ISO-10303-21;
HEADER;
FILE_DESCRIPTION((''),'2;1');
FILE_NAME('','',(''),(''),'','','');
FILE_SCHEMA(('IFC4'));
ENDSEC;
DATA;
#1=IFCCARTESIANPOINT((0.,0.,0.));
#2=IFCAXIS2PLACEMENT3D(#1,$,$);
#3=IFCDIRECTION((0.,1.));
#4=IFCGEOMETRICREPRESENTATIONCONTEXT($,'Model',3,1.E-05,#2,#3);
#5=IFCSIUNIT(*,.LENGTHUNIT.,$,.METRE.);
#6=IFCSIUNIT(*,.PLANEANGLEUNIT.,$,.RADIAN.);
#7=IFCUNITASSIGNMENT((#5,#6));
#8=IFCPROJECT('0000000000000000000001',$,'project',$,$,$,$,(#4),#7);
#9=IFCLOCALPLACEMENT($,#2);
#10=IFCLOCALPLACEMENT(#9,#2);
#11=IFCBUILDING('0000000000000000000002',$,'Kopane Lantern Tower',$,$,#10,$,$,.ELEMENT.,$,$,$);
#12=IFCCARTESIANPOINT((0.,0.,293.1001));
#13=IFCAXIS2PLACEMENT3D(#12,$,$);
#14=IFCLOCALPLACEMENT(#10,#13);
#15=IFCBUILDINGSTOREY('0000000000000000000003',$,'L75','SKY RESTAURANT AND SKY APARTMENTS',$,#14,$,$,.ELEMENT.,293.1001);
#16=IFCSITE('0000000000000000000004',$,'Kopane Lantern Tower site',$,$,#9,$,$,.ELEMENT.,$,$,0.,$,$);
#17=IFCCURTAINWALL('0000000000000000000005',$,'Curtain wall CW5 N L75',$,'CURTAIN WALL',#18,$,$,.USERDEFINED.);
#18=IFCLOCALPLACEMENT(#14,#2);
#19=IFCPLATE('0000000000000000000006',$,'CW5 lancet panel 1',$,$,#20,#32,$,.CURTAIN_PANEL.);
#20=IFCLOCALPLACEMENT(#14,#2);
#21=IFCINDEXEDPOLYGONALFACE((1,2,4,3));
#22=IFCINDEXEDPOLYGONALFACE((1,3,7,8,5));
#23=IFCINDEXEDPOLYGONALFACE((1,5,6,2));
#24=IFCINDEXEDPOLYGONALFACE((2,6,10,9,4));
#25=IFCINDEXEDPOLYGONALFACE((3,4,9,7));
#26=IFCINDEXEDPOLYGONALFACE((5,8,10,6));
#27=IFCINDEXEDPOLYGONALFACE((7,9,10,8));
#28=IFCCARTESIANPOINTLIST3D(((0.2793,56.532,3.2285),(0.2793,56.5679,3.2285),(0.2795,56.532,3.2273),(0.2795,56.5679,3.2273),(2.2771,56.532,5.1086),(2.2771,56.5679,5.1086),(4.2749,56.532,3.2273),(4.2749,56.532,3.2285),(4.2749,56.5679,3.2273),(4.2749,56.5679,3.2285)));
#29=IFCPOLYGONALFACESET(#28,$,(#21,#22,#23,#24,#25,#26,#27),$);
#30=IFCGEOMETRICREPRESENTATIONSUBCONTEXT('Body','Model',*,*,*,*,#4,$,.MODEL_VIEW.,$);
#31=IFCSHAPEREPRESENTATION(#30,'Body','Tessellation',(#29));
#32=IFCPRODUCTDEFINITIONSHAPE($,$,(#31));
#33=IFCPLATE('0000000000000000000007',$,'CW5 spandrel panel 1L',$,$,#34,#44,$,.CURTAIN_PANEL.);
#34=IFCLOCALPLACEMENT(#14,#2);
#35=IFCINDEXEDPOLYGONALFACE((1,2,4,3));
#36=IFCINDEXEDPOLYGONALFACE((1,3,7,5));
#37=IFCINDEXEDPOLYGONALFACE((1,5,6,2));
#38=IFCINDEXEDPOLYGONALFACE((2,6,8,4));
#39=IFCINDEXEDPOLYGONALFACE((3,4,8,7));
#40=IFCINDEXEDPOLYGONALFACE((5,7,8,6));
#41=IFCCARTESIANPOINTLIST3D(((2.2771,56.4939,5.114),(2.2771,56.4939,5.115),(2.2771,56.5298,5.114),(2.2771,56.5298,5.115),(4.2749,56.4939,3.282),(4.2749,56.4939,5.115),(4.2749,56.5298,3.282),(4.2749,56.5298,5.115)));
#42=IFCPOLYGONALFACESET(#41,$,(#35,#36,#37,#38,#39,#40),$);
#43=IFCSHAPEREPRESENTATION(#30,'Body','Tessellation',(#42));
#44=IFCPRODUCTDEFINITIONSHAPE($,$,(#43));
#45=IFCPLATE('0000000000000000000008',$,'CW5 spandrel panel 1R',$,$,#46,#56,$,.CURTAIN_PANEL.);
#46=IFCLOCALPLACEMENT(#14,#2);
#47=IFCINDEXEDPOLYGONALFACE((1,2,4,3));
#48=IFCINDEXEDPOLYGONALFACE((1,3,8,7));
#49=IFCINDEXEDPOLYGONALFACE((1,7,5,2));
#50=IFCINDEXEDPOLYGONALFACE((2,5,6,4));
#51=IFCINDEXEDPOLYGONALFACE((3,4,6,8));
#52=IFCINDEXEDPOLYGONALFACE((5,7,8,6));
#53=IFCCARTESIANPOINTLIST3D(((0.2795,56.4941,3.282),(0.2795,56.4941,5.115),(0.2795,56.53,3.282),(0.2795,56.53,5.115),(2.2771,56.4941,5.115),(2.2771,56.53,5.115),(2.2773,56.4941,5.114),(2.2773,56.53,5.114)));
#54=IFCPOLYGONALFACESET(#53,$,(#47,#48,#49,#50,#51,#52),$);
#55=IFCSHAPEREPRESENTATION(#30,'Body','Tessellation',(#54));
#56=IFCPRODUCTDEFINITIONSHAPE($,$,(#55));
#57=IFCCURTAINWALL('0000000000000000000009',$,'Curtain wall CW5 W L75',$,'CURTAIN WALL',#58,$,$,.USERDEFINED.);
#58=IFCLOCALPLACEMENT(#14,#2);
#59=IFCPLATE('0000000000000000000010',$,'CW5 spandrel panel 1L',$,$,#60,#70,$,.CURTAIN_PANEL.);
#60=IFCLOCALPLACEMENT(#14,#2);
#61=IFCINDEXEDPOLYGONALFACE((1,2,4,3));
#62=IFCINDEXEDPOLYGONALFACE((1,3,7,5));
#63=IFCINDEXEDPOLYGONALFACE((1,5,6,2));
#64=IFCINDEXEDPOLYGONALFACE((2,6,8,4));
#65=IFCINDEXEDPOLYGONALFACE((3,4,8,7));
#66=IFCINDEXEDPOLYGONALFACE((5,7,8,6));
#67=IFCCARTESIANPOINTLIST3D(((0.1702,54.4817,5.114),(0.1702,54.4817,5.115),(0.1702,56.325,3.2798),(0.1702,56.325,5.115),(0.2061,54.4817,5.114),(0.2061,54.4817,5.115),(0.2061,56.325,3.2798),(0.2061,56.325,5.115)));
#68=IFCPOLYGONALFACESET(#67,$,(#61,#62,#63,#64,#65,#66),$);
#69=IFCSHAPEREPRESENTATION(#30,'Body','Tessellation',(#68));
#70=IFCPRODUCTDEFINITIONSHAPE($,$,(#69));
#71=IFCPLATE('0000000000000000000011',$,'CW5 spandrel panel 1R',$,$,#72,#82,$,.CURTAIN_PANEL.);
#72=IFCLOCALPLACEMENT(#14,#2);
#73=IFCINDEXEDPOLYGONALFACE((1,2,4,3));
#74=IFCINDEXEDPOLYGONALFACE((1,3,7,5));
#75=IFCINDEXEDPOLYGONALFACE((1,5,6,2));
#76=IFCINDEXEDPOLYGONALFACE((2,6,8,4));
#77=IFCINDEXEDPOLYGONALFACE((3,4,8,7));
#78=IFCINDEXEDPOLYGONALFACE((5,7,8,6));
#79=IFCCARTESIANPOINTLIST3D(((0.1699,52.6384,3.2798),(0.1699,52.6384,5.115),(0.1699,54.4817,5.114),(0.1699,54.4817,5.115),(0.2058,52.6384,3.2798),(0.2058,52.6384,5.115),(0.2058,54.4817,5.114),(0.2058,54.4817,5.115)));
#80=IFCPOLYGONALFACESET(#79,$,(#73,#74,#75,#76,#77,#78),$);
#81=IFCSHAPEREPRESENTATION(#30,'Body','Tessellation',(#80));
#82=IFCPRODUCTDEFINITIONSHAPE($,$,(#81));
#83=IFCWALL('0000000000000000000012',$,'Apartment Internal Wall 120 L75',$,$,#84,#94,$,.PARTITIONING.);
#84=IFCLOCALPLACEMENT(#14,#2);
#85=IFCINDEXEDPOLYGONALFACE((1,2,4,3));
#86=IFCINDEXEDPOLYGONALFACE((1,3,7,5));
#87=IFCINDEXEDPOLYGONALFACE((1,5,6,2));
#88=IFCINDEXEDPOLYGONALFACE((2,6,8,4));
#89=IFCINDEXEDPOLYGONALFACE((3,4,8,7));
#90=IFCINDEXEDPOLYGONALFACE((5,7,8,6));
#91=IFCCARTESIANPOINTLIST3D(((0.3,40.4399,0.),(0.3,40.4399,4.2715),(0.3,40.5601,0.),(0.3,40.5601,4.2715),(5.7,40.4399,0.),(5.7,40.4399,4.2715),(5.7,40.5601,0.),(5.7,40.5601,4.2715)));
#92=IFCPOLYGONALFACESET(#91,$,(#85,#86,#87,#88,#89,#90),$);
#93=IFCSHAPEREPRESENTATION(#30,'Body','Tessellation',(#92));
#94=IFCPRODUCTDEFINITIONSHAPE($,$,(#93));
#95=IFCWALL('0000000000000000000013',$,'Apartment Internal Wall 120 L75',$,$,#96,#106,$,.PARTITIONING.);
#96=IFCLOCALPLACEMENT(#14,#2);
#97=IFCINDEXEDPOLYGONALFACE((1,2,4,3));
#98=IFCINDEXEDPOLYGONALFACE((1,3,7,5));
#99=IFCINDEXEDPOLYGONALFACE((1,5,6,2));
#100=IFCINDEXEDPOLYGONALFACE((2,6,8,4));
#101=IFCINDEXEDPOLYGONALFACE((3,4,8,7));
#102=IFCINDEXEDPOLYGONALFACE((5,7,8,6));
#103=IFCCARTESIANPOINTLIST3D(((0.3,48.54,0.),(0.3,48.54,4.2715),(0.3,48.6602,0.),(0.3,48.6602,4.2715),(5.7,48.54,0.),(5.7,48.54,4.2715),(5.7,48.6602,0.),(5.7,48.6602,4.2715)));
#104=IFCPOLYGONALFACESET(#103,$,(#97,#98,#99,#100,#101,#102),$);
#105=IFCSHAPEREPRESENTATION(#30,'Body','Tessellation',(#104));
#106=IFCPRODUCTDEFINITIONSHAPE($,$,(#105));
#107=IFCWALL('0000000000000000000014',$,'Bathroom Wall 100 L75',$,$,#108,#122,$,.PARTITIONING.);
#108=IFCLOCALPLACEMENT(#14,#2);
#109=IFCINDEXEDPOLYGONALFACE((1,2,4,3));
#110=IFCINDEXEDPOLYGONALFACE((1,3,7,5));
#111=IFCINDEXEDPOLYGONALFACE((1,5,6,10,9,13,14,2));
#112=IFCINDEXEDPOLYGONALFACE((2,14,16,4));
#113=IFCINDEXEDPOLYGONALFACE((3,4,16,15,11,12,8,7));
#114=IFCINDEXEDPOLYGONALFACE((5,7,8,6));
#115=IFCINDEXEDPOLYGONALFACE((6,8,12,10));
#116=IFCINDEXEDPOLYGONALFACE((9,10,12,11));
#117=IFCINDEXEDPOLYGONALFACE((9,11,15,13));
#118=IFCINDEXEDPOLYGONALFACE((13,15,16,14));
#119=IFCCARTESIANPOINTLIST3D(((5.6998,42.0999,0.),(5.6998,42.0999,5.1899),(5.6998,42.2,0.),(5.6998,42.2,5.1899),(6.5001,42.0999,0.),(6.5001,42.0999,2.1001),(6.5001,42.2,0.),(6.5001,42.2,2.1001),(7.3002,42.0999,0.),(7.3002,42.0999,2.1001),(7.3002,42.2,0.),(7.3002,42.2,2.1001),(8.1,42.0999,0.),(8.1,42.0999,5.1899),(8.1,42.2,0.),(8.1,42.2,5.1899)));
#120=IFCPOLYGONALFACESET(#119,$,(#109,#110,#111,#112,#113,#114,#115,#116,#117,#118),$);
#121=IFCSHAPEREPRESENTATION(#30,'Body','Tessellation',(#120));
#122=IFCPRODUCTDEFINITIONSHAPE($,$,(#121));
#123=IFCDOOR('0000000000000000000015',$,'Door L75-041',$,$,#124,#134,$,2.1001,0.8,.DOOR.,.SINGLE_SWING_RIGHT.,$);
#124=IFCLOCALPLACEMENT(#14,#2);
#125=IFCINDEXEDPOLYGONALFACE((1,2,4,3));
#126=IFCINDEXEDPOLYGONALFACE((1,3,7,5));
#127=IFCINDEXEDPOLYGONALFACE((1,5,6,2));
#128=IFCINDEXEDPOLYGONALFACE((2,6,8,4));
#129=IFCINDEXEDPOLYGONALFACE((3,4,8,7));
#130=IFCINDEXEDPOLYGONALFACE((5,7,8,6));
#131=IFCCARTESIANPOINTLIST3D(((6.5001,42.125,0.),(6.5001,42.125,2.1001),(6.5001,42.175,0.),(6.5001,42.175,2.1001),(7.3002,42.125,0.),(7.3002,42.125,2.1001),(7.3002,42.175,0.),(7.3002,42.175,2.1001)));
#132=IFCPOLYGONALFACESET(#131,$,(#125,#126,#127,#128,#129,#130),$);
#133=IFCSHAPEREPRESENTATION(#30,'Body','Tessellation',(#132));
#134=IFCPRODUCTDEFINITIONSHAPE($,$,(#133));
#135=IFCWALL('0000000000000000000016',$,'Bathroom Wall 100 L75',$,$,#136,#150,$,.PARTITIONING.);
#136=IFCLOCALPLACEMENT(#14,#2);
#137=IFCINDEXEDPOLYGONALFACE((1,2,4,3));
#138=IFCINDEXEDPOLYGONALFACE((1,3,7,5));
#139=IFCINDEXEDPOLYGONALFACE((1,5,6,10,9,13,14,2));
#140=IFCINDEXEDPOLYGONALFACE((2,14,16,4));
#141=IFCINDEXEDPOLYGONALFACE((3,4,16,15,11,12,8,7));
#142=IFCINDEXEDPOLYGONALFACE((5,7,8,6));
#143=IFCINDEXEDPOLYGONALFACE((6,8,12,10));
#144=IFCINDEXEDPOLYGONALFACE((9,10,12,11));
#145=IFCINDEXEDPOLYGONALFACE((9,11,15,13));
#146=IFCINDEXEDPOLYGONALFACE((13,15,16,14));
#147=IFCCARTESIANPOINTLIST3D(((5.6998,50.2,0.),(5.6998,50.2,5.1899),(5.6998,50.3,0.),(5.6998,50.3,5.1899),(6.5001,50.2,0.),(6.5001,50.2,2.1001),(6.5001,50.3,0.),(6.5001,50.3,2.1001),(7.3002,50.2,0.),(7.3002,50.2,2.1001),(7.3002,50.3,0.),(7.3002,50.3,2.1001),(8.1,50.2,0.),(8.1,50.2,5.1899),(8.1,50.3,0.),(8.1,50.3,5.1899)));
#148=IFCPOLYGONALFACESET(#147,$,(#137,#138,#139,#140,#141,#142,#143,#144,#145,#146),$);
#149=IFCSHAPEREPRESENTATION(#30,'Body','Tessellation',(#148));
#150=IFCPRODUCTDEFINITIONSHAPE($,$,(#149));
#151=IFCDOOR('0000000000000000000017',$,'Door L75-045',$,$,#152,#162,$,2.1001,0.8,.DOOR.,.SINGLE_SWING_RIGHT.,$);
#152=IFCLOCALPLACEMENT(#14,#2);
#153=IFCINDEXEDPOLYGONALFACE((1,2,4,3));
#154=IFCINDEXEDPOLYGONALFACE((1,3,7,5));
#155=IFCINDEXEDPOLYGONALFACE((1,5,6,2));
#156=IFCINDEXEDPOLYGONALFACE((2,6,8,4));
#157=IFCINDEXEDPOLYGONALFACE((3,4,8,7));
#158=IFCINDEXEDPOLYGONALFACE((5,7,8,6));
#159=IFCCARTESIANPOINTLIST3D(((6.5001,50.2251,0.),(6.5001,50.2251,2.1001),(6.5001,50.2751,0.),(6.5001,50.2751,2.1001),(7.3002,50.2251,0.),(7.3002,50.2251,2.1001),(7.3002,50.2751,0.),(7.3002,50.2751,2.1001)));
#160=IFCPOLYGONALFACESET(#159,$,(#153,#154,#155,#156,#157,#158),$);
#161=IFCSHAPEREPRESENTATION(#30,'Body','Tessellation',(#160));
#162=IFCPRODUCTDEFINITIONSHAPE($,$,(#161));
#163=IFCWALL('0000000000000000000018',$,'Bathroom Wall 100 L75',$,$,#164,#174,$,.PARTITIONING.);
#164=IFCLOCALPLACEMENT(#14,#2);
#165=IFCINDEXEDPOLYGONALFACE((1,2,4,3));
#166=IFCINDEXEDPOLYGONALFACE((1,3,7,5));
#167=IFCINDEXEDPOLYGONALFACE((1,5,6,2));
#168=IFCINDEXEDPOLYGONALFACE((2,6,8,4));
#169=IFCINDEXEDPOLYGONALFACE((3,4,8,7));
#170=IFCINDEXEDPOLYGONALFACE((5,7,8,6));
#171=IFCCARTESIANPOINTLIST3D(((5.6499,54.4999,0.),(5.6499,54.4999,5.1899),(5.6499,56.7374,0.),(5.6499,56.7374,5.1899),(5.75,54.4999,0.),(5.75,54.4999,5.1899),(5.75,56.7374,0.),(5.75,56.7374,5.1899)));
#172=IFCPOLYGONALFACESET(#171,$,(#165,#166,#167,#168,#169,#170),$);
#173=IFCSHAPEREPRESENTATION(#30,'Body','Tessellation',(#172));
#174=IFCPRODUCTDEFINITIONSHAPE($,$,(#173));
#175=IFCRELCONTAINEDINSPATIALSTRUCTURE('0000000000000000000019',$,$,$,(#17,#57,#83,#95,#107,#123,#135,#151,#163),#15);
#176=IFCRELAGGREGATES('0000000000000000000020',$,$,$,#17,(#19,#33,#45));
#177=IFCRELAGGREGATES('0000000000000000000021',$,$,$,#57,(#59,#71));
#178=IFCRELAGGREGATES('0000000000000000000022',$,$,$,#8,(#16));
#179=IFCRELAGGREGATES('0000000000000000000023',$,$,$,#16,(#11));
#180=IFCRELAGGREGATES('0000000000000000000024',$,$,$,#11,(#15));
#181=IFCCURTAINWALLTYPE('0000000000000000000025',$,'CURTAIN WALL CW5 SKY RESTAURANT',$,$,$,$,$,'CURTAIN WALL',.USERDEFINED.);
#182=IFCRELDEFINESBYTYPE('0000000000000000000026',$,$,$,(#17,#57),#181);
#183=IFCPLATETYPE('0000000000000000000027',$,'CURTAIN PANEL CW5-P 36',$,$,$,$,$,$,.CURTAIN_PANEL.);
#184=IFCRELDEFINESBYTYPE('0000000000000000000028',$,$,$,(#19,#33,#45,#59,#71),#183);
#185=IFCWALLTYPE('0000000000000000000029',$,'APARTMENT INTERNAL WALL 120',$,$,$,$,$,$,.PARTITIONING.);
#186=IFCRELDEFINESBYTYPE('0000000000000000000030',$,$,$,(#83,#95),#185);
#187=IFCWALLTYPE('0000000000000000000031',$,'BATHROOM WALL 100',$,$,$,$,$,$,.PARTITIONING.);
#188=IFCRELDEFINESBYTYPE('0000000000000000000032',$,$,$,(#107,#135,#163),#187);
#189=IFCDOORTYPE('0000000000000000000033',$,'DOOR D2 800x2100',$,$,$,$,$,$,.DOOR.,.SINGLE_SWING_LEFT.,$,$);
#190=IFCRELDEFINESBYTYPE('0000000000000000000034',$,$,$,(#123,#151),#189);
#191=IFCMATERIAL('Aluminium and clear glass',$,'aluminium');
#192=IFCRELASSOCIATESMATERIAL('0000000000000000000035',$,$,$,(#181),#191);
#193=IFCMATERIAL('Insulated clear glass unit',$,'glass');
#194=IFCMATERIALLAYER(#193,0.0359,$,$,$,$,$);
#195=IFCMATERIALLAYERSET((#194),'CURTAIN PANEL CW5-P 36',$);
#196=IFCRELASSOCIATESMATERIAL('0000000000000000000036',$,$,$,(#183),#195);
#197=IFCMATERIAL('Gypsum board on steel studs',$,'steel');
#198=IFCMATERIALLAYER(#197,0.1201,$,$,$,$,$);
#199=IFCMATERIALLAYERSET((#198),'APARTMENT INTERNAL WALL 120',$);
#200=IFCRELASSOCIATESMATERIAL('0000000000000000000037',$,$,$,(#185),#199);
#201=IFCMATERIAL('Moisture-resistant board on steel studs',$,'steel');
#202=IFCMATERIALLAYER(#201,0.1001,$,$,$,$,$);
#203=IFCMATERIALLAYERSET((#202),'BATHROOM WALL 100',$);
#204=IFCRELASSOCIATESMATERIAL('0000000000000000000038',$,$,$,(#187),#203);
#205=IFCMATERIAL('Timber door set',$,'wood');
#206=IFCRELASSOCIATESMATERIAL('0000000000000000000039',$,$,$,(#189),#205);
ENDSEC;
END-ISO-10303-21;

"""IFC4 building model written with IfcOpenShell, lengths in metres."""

from ifc_helpers import new_model, si_unit, direction, frame, frame_2d, origin, place, context, subcontext, project, spatial, polyline, rectangle, outline, extrude, material, layer, layer_set, type_object, element, fill, aggregate, save


model = new_model("IFC4")

# Units and contexts
model_context = context("Model", 3, precision=1e-05, world=origin(), true_north=direction((0.0, 1.0)))
body_context = subcontext(model_context, "Body", "Model", "MODEL_VIEW")
ifc_project = project(units=[si_unit("LENGTHUNIT", "METRE"), si_unit("PLANEANGLEUNIT", "RADIAN")], contexts=[model_context])

# Site, building, storey
site_placement = place(None, origin())
site = spatial("IfcSite", under=ifc_project, at=site_placement, Name="Kopane Lantern Tower site", CompositionType="ELEMENT", RefElevation=0.0)
building_placement = place(site_placement, origin())
building = spatial("IfcBuilding", under=site, at=building_placement, Name="Kopane Lantern Tower", CompositionType="ELEMENT")
storey_placement = place(building_placement, frame((0.0, 0.0, 293.1001)))
storey = spatial("IfcBuildingStorey", under=building, at=storey_placement, Name="L75", Description="SKY RESTAURANT AND SKY APARTMENTS", CompositionType="ELEMENT", Elevation=293.1001)

# Curtain wall, plates
ifc_material_1 = material(Name="Aluminium and clear glass", Category="aluminium")
curtain_wall_type = type_object("IfcCurtainWallType", Name="CURTAIN WALL CW5 SKY RESTAURANT", ElementType="CURTAIN WALL", PredefinedType="USERDEFINED", material=ifc_material_1)
curtain_wall_1_placement = place(storey_placement, origin())
curtain_wall_1 = element("IfcCurtainWall", 1, at=curtain_wall_1_placement, inside=storey, type_object=curtain_wall_type, Name="Curtain wall CW5 N L75", ObjectType="CURTAIN WALL", PredefinedType="USERDEFINED")
ifc_material_2 = material(Name="Insulated clear glass unit", Category="glass")
ifc_layer_1 = layer(ifc_material_2, 0.0359)
ifc_layer_set_1 = layer_set([ifc_layer_1], Name="CURTAIN PANEL CW5-P 36")
plate_type = type_object("IfcPlateType", Name="CURTAIN PANEL CW5-P 36", PredefinedType="CURTAIN_PANEL", material=ifc_layer_set_1)
plate_1_placement = place(storey_placement, frame((4.2749, 56.55, 3.2273), z_axis=(0.0, 0.0, 1.0), x_axis=(-1.0, 0.0, 0.0)))
plate_1 = element("IfcPlate", 2, at=plate_1_placement, type_object=plate_type, Name="CW5 lancet panel 1", PredefinedType="CURTAIN_PANEL", context=body_context, shape_type="SweptSolid", body=[
    extrude(outline(polyline([(0.0, 0.0), (3.9954, 0.0), (3.9956, 0.0012), (1.9978, 1.8813), (0.0, 0.0012), (0.0, 0.0)])), frame((0.0, 0.0181, 0.0), z_axis=(0.0, -1.0, 0.0), x_axis=(1.0, 0.0, 0.0)), (0.0, 0.0, 1.0), 0.0359),
])
plate_2_placement = place(storey_placement, frame((4.2749, 56.512, 5.115), z_axis=(0.0, 0.0, 1.0), x_axis=(-1.0, 0.0, 0.0)))
plate_2 = element("IfcPlate", 3, at=plate_2_placement, type_object=plate_type, Name="CW5 spandrel panel 1L", PredefinedType="CURTAIN_PANEL", context=body_context, shape_type="SweptSolid", body=[
    extrude(outline(polyline([(0.0, 0.0), (1.9978, 0.0), (1.9978, -0.001), (0.0, -1.833), (0.0, 0.0)])), frame((0.0, 0.0181, 0.0), z_axis=(0.0, -1.0, 0.0), x_axis=(1.0, 0.0, 0.0)), (0.0, 0.0, 1.0), 0.0359),
])
plate_3_placement = place(storey_placement, frame((0.2795, 56.512, 5.115), z_axis=(0.0, 0.0, 1.0), x_axis=(1.0, 0.0, 0.0)))
plate_3 = element("IfcPlate", 4, at=plate_3_placement, type_object=plate_type, Name="CW5 spandrel panel 1R", PredefinedType="CURTAIN_PANEL", context=body_context, shape_type="SweptSolid", body=[
    extrude(outline(polyline([(0.0, 0.0), (1.9976, 0.0), (1.9978, -0.001), (0.0, -1.833), (0.0, 0.0)])), frame((0.0, 0.0181, 0.0), z_axis=(0.0, -1.0, 0.0), x_axis=(1.0, 0.0, 0.0)), (0.0, 0.0, 1.0), 0.0359),
])
aggregate(curtain_wall_1, [plate_1, plate_2, plate_3])

# Curtain wall, plates
curtain_wall_2_placement = place(storey_placement, origin())
curtain_wall_2 = element("IfcCurtainWall", 5, at=curtain_wall_2_placement, inside=storey, type_object=curtain_wall_type, Name="Curtain wall CW5 W L75", ObjectType="CURTAIN WALL", PredefinedType="USERDEFINED")
plate_4_placement = place(storey_placement, frame((0.188, 56.325, 5.115), z_axis=(0.0, 0.0, 1.0), x_axis=(0.0, -1.0, 0.0)))
plate_4 = element("IfcPlate", 6, at=plate_4_placement, type_object=plate_type, Name="CW5 spandrel panel 1L", PredefinedType="CURTAIN_PANEL", context=body_context, shape_type="SweptSolid", body=[
    extrude(outline(polyline([(0.0, 0.0), (1.8433, 0.0), (1.8433, -0.001), (0.0, -1.8352), (0.0, 0.0)])), frame((0.0, 0.0181, 0.0), z_axis=(0.0, -1.0, 0.0), x_axis=(1.0, 0.0, 0.0)), (0.0, 0.0, 1.0), 0.0359),
])
plate_5_placement = place(storey_placement, frame((0.188, 52.6384, 5.115), z_axis=(0.0, 0.0, 1.0), x_axis=(0.0, 1.0, 0.0)))
plate_5 = element("IfcPlate", 7, at=plate_5_placement, type_object=plate_type, Name="CW5 spandrel panel 1R", PredefinedType="CURTAIN_PANEL", context=body_context, shape_type="SweptSolid", body=[
    extrude(outline(polyline([(0.0, 0.0), (1.8433, 0.0), (1.8433, -0.001), (0.0, -1.8352), (0.0, 0.0)])), frame((0.0, 0.0181, 0.0), z_axis=(0.0, -1.0, 0.0), x_axis=(1.0, 0.0, 0.0)), (0.0, 0.0, 1.0), 0.0359),
])
aggregate(curtain_wall_2, [plate_4, plate_5])

# Walls
ifc_material_3 = material(Name="Gypsum board on steel studs", Category="steel")
ifc_layer_2 = layer(ifc_material_3, 0.1201)
ifc_layer_set_2 = layer_set([ifc_layer_2], Name="APARTMENT INTERNAL WALL 120")
wall_type_1 = type_object("IfcWallType", Name="APARTMENT INTERNAL WALL 120", PredefinedType="PARTITIONING", material=ifc_layer_set_2)
for number, where, z_axis, x_axis, name in (
    (8, (5.7, 40.5, 0.0), (0.0, 0.0, 1.0), (-1.0, 0.0, 0.0), "Apartment Internal Wall 120 L75"),
    (9, (5.7, 48.6001, 0.0), (0.0, 0.0, 1.0), (-1.0, 0.0, 0.0), "Apartment Internal Wall 120 L75"),
):
    element("IfcWall", number, at=place(storey_placement, frame(where, z_axis=z_axis, x_axis=x_axis)), inside=storey, type_object=wall_type_1, Name=name, PredefinedType="PARTITIONING", context=body_context, shape_type="SweptSolid", body=[
        extrude(rectangle(XDim=5.3999, YDim=0.1201, at=frame_2d((2.7, 0.0))), origin(), (0.0, 0.0, 1.0), 4.2715),
    ])

# Walls, openings, doors
ifc_material_4 = material(Name="Moisture-resistant board on steel studs", Category="steel")
ifc_layer_3 = layer(ifc_material_4, 0.1001)
ifc_layer_set_3 = layer_set([ifc_layer_3], Name="BATHROOM WALL 100")
wall_type_2 = type_object("IfcWallType", Name="BATHROOM WALL 100", PredefinedType="PARTITIONING", material=ifc_layer_set_3)
wall_1_placement = place(storey_placement, frame((8.1001, 42.1499, 0.0), z_axis=(0.0, 0.0, 1.0), x_axis=(-1.0, 0.0, 0.0)))
wall_1 = element("IfcWall", 10, at=wall_1_placement, inside=storey, type_object=wall_type_2, Name="Bathroom Wall 100 L75", PredefinedType="PARTITIONING", context=body_context, shape_type="SweptSolid", body=[
    extrude(rectangle(XDim=2.4001, YDim=0.1001, at=frame_2d((1.2002, 0.0))), origin(), (0.0, 0.0, 1.0), 5.1899),
])
opening_1_placement = place(wall_1_placement, frame((0.8, 0.0, 0.0)))
opening_1 = element("IfcOpeningElement", 11, at=opening_1_placement, cuts=wall_1, PredefinedType="OPENING", context=body_context, shape_type="SweptSolid", body=[
    extrude(rectangle(XDim=0.8, YDim=2.1001, at=frame_2d((0.3999, 1.05))), frame((0.0, 0.0601, 0.0), z_axis=(0.0, -1.0, 0.0), x_axis=(1.0, 0.0, 0.0)), (0.0, 0.0, 1.0), 0.1201),
])
ifc_material_5 = material(Name="Timber door set", Category="wood")
door_type = type_object("IfcDoorType", Name="DOOR D2 800x2100", OperationType="SINGLE_SWING_LEFT", PredefinedType="DOOR", material=ifc_material_5)
door_1_placement = place(opening_1_placement, origin())
door_1 = element("IfcDoor", 12, at=door_1_placement, inside=storey, type_object=door_type, Name="Door L75-041", OperationType="SINGLE_SWING_RIGHT", OverallHeight=2.1001, OverallWidth=0.8, PredefinedType="DOOR", context=body_context, shape_type="SweptSolid", body=[
    extrude(rectangle(XDim=0.8, YDim=2.1001, at=frame_2d((0.3999, 1.05))), frame((0.0, 0.0249, 0.0), z_axis=(0.0, -1.0, 0.0), x_axis=(1.0, 0.0, 0.0)), (0.0, 0.0, 1.0), 0.05),
])
fill(opening_1, door_1)
wall_2_placement = place(storey_placement, frame((8.1001, 50.25, 0.0), z_axis=(0.0, 0.0, 1.0), x_axis=(-1.0, 0.0, 0.0)))
wall_2 = element("IfcWall", 13, at=wall_2_placement, inside=storey, type_object=wall_type_2, Name="Bathroom Wall 100 L75", PredefinedType="PARTITIONING", context=body_context, shape_type="SweptSolid", body=[
    extrude(rectangle(XDim=2.4001, YDim=0.1001, at=frame_2d((1.2002, 0.0))), origin(), (0.0, 0.0, 1.0), 5.1899),
])
opening_2_placement = place(wall_2_placement, frame((0.8, 0.0, 0.0)))
opening_2 = element("IfcOpeningElement", 14, at=opening_2_placement, cuts=wall_2, PredefinedType="OPENING", context=body_context, shape_type="SweptSolid", body=[
    extrude(rectangle(XDim=0.8, YDim=2.1001, at=frame_2d((0.3999, 1.05))), frame((0.0, 0.0601, 0.0), z_axis=(0.0, -1.0, 0.0), x_axis=(1.0, 0.0, 0.0)), (0.0, 0.0, 1.0), 0.1201),
])
door_2_placement = place(opening_2_placement, origin())
door_2 = element("IfcDoor", 15, at=door_2_placement, inside=storey, type_object=door_type, Name="Door L75-045", OperationType="SINGLE_SWING_RIGHT", OverallHeight=2.1001, OverallWidth=0.8, PredefinedType="DOOR", context=body_context, shape_type="SweptSolid", body=[
    extrude(rectangle(XDim=0.8, YDim=2.1001, at=frame_2d((0.3999, 1.05))), frame((0.0, 0.0249, 0.0), z_axis=(0.0, -1.0, 0.0), x_axis=(1.0, 0.0, 0.0)), (0.0, 0.0, 1.0), 0.05),
])
fill(opening_2, door_2)

# Wall
wall_3_placement = place(storey_placement, frame((5.7, 54.5, 0.0), z_axis=(0.0, 0.0, 1.0), x_axis=(0.0, 1.0, 0.0)))
element("IfcWall", 16, at=wall_3_placement, inside=storey, type_object=wall_type_2, Name="Bathroom Wall 100 L75", PredefinedType="PARTITIONING", context=body_context, shape_type="SweptSolid", body=[
    extrude(rectangle(XDim=2.2375, YDim=0.1001, at=frame_2d((1.1187, 0.0))), origin(), (0.0, 0.0, 1.0), 5.1899),
])

save(model, "model.ifc")
